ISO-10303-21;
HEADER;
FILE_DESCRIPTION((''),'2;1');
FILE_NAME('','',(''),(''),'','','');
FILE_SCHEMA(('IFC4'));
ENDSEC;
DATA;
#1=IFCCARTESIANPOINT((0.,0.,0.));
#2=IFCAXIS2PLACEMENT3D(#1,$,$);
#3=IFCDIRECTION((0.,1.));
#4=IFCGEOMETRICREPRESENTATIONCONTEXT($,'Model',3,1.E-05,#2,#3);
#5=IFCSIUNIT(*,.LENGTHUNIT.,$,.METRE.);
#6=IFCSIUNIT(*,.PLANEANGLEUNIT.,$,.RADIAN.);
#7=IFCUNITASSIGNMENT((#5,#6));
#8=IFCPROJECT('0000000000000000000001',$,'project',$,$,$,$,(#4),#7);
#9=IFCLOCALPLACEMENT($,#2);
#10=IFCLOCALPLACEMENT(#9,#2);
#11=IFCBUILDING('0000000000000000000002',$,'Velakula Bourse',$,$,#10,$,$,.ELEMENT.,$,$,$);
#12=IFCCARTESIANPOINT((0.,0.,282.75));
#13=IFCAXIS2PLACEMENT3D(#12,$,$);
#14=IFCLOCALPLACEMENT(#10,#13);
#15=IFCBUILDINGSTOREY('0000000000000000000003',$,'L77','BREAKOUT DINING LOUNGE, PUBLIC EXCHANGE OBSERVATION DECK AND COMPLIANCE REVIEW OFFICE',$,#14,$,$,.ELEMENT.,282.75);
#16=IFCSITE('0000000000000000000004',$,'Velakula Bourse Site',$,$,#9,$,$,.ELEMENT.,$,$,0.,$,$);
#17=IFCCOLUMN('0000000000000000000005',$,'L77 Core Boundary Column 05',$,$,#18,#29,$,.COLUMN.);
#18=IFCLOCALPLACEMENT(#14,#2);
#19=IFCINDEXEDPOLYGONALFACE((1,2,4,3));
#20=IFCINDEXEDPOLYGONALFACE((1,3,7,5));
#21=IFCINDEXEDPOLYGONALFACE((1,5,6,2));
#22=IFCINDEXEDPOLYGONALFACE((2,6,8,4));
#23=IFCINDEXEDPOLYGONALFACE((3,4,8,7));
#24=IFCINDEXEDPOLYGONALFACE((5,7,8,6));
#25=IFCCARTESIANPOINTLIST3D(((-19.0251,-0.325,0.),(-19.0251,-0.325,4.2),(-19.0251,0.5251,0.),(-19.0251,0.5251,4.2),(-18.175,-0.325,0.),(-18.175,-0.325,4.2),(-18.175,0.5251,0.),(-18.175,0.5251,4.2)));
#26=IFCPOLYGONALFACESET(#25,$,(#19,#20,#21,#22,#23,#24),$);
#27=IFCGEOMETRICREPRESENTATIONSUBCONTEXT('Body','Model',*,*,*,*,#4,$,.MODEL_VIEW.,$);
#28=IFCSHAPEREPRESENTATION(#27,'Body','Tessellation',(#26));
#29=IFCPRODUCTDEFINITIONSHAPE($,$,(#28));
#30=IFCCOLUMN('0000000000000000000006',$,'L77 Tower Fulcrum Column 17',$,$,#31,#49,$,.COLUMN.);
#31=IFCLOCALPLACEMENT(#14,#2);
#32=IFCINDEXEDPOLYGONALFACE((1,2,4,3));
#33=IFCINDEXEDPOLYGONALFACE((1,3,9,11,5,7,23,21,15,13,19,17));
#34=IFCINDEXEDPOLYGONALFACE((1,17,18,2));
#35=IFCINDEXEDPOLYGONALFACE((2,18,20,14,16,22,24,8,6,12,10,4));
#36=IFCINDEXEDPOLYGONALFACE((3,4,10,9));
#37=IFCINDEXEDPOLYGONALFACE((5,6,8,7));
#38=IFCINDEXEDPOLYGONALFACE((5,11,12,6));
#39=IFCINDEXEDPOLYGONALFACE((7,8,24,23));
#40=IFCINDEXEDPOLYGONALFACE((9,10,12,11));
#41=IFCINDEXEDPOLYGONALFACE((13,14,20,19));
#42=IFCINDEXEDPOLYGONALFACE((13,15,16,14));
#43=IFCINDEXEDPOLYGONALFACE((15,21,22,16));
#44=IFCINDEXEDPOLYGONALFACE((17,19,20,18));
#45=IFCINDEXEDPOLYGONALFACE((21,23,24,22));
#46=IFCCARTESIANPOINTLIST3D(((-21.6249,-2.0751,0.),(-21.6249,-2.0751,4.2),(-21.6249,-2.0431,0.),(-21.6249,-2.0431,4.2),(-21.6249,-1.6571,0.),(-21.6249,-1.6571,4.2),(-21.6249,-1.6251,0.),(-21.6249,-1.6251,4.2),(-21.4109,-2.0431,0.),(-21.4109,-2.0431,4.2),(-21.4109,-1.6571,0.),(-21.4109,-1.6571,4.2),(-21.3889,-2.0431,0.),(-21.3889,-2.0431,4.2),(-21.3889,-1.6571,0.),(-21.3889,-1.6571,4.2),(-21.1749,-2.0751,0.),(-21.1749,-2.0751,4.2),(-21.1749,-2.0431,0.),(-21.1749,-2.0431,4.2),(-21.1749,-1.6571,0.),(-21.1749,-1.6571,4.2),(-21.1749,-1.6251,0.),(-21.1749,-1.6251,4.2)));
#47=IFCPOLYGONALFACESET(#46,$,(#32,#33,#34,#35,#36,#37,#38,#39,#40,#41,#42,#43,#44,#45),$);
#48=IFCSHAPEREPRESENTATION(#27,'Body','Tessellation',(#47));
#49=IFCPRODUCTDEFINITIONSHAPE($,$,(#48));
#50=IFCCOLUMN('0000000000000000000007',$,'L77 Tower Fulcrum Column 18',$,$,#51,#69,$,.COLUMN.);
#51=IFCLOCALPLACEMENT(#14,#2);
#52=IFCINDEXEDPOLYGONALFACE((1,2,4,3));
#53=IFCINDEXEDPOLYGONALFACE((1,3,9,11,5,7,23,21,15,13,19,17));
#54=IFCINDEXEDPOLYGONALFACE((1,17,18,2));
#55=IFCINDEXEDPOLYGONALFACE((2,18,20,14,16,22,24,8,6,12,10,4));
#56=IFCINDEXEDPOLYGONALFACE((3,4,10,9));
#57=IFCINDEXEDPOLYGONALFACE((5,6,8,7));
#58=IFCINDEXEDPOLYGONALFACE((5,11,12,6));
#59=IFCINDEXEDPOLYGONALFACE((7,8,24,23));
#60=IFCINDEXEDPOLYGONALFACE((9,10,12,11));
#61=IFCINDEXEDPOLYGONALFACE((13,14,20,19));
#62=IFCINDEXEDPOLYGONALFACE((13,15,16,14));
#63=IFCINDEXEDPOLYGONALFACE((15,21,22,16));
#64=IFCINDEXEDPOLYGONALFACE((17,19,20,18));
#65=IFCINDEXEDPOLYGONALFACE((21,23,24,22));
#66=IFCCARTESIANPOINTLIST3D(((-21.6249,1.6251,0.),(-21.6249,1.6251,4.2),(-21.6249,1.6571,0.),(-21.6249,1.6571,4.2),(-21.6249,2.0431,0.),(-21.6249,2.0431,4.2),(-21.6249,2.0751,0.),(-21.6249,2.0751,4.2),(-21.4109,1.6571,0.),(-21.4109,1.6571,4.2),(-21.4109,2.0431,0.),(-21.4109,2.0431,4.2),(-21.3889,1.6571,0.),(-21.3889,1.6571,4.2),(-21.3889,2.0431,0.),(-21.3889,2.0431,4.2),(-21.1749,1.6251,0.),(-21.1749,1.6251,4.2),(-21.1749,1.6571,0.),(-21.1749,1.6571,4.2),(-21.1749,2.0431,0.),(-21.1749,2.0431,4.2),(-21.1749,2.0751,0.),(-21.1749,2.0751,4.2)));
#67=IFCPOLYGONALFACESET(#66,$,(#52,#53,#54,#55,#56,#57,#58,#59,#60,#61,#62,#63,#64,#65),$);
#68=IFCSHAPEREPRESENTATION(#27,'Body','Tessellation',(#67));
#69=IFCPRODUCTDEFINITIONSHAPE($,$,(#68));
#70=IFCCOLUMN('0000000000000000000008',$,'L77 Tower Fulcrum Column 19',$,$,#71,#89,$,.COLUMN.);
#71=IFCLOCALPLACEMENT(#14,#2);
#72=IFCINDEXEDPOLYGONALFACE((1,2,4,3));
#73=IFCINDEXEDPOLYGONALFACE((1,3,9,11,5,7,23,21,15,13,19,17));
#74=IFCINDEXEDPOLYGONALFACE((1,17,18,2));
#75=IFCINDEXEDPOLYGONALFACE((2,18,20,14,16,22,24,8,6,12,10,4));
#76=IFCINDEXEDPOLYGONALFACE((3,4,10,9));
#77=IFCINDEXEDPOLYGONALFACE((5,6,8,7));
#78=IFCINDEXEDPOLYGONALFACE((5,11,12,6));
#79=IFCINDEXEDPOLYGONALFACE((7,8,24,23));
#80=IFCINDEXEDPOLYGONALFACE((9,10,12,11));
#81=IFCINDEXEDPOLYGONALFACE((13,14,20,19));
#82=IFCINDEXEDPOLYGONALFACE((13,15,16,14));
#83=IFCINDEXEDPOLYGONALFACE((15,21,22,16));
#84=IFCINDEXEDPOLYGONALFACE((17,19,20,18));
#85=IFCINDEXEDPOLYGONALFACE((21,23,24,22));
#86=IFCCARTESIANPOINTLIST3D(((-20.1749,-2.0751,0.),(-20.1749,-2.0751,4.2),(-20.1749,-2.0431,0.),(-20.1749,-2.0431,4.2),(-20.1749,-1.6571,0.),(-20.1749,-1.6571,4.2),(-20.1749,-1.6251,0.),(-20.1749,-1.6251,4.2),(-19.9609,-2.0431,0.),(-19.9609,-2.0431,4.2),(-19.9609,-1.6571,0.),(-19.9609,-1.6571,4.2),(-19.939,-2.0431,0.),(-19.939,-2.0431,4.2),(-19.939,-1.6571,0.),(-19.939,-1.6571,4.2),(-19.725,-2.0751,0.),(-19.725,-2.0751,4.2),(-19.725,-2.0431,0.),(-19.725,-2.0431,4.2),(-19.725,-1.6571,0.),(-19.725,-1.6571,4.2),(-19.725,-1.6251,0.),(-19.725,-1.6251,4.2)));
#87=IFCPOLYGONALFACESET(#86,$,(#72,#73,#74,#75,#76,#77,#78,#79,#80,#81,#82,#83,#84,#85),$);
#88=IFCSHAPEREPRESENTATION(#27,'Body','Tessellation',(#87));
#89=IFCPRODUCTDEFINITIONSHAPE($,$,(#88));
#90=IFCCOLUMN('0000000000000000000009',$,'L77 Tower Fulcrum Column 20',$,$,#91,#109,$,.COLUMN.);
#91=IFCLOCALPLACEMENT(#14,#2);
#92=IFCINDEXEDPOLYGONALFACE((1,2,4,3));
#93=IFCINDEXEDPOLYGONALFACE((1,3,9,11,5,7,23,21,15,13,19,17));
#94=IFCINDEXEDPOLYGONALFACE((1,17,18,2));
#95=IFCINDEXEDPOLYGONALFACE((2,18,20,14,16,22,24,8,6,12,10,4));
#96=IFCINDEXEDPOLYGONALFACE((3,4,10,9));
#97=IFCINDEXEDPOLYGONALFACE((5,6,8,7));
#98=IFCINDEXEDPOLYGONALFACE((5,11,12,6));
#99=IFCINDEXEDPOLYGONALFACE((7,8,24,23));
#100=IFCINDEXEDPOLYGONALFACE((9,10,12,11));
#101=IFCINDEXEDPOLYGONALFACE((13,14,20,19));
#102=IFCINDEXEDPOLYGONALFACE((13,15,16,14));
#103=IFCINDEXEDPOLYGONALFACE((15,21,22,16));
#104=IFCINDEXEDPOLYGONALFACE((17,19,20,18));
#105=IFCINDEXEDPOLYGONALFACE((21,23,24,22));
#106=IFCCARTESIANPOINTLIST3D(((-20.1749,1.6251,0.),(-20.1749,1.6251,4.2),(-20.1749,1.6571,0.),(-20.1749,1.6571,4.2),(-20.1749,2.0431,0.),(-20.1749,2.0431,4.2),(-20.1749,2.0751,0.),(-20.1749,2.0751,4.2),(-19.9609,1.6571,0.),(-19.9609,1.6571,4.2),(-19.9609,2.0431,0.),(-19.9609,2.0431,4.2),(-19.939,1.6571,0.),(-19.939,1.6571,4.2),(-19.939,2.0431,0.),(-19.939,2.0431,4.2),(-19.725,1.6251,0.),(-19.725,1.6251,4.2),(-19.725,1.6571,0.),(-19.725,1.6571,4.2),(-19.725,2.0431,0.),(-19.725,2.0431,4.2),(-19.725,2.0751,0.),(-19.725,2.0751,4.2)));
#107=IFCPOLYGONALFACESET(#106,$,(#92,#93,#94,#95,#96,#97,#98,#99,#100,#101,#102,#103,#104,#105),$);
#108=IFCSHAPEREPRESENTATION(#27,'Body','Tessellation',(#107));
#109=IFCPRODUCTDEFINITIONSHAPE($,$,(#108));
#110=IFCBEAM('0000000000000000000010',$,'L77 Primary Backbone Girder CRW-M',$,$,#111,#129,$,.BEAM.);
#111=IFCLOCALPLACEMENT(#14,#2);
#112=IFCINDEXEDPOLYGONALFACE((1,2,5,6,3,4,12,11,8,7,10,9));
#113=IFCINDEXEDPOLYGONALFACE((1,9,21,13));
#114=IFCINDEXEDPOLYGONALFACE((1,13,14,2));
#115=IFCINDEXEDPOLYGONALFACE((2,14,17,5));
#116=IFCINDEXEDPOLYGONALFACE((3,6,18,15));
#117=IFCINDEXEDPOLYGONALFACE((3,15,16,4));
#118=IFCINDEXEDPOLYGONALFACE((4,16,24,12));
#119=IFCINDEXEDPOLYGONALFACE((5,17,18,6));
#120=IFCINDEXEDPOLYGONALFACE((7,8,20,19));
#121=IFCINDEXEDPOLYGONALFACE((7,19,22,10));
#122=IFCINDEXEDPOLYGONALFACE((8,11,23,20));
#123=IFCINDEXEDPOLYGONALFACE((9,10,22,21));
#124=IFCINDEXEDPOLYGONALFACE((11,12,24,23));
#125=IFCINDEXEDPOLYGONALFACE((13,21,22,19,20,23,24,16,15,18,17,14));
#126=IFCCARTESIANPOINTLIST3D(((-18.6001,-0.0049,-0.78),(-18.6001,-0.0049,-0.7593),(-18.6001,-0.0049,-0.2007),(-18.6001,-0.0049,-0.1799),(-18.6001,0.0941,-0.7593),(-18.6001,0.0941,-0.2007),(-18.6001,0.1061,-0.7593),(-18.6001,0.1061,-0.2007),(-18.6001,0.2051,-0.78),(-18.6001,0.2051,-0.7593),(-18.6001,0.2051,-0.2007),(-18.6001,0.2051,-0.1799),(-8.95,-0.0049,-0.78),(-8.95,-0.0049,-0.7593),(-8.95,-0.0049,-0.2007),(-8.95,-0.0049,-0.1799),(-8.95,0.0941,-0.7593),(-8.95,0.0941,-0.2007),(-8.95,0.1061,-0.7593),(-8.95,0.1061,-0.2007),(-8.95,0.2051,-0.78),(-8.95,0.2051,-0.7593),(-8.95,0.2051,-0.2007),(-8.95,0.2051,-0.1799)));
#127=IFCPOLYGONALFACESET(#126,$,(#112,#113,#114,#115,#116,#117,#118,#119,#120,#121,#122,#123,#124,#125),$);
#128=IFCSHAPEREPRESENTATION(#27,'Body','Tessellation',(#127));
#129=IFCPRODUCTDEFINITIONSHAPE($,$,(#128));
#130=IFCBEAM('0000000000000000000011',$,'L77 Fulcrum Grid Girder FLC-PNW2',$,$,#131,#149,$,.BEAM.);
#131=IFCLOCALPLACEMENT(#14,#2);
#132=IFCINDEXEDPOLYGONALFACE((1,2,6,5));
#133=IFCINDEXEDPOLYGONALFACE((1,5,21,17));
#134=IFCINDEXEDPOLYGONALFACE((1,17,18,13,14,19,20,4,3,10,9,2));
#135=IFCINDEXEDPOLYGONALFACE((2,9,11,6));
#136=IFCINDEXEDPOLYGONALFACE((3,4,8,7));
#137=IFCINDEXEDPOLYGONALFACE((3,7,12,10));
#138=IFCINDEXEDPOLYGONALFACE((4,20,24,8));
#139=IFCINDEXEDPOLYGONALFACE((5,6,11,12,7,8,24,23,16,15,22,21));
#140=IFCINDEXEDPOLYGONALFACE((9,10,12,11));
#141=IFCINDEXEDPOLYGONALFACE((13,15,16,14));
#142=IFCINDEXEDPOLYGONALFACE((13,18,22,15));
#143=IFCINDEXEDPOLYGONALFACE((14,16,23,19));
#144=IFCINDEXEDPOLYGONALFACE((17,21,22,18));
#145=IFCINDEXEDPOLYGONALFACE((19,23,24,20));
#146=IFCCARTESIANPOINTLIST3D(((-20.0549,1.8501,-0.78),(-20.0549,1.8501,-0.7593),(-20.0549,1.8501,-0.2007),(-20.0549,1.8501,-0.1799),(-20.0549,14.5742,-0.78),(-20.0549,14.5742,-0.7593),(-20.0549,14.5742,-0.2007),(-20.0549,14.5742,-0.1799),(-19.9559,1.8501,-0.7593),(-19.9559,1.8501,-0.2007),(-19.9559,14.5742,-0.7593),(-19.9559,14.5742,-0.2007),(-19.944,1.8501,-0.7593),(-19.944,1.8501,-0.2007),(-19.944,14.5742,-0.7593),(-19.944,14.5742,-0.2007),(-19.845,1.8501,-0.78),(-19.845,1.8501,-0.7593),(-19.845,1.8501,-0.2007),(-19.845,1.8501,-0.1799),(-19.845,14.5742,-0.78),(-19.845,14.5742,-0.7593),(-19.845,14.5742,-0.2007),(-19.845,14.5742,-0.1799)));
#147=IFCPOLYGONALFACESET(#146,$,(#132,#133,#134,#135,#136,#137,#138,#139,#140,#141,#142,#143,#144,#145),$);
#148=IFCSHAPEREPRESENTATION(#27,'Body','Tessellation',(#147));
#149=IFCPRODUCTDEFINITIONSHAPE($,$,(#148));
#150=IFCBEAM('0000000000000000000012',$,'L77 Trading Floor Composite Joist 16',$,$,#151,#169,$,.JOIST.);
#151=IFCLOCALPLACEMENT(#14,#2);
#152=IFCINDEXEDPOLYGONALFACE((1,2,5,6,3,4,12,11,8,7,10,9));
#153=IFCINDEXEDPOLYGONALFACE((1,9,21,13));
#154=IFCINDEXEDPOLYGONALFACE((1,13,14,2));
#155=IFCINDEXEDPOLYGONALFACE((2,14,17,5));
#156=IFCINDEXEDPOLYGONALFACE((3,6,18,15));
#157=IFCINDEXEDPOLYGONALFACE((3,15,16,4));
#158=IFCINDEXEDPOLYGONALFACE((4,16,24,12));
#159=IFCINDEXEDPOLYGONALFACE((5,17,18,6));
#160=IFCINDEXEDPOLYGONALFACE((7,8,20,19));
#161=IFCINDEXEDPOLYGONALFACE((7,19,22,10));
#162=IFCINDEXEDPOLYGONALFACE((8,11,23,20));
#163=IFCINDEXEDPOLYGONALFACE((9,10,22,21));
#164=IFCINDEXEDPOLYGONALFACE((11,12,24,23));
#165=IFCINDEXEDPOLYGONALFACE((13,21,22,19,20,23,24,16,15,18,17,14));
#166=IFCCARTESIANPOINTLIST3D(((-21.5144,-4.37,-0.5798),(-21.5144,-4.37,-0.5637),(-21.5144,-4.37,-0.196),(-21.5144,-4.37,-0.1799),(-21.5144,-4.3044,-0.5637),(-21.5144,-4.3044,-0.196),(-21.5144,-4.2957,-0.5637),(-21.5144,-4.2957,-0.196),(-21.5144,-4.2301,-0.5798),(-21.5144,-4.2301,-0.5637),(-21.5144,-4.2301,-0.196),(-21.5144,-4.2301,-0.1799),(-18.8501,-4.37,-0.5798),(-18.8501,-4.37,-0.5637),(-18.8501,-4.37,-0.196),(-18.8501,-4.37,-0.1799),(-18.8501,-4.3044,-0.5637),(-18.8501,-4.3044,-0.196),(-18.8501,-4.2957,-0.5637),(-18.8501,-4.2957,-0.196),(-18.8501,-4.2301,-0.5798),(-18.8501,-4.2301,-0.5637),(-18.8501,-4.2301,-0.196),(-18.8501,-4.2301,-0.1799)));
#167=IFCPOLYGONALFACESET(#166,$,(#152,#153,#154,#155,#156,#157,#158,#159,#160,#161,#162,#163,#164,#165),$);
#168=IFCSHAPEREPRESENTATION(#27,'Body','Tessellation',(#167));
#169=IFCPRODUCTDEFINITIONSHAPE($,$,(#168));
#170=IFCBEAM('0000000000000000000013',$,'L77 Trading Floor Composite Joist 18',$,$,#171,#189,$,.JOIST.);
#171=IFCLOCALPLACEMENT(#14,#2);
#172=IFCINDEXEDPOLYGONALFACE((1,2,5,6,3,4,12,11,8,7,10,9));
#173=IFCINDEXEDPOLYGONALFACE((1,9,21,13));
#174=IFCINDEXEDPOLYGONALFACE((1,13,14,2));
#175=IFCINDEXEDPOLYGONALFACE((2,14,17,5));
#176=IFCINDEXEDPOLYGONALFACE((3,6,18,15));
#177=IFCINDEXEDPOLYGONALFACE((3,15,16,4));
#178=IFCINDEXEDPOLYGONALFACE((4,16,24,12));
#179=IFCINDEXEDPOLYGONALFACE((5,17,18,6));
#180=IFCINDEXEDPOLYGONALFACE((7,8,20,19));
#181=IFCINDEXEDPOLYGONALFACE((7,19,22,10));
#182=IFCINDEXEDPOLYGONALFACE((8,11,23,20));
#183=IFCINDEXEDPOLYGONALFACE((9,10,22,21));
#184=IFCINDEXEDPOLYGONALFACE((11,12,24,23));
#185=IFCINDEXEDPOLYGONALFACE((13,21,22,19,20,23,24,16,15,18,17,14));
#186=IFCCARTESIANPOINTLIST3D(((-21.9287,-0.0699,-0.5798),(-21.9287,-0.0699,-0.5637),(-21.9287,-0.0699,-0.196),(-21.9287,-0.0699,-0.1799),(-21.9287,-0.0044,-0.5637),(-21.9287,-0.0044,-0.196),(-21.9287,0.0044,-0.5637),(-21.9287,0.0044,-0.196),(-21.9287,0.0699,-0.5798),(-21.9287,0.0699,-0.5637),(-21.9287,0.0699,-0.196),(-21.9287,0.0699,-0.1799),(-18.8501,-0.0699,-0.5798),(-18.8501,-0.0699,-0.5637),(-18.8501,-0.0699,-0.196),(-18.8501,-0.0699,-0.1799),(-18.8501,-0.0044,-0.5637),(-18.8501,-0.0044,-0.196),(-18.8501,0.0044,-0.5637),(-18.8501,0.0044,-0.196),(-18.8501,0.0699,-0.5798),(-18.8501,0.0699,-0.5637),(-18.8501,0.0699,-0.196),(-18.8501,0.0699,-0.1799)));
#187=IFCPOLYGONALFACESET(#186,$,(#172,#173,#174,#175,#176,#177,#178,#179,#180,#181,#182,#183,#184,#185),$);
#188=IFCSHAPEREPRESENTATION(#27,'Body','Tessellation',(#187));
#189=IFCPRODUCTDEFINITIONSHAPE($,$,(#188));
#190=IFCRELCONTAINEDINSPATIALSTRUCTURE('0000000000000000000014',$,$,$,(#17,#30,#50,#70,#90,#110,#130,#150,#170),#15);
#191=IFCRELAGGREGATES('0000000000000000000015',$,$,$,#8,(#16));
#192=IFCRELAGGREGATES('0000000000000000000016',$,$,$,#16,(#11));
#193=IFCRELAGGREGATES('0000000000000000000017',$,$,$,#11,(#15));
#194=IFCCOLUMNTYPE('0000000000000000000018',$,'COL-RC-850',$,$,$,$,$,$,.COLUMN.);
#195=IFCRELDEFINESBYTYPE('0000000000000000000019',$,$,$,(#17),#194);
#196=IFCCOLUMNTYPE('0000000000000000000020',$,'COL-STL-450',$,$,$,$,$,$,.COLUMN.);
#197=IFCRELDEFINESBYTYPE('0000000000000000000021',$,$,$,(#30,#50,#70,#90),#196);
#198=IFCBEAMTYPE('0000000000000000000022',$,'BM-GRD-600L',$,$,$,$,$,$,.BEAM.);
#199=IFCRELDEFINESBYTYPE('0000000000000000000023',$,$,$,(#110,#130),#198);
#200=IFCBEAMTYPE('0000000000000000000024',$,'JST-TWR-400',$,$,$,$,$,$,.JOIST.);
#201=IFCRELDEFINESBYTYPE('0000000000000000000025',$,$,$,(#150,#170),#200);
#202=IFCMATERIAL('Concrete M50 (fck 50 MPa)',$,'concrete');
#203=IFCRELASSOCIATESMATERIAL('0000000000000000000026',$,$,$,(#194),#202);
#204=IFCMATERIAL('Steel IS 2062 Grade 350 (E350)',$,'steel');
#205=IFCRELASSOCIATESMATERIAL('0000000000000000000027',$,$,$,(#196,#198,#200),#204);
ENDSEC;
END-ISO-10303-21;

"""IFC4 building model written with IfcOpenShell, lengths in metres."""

from ifc_helpers import new_model, si_unit, direction, frame, origin, origin_2d, place, context, subcontext, project, spatial, rectangle, i_section, extrude, material, material_profile, profile_set, type_object, element, save


model = new_model("IFC4")

# Units and contexts
model_context = context("Model", 3, precision=1e-05, world=origin(), true_north=direction((0.0, 1.0)))
body_context = subcontext(model_context, "Body", "Model", "MODEL_VIEW")
ifc_project = project(units=[si_unit("LENGTHUNIT", "METRE"), si_unit("PLANEANGLEUNIT", "RADIAN")], contexts=[model_context])

# Site, building, storey
site_placement = place(None, origin())
site = spatial("IfcSite", under=ifc_project, at=site_placement, Name="Velakula Bourse Site", CompositionType="ELEMENT", RefElevation=0.0)
building_placement = place(site_placement, origin())
building = spatial("IfcBuilding", under=site, at=building_placement, Name="Velakula Bourse", CompositionType="ELEMENT")
storey_placement = place(building_placement, frame((0.0, 0.0, 282.75)))
storey = spatial("IfcBuildingStorey", under=building, at=storey_placement, Name="L77", Description="BREAKOUT DINING LOUNGE, PUBLIC EXCHANGE OBSERVATION DECK AND COMPLIANCE REVIEW OFFICE", CompositionType="ELEMENT", Elevation=282.75)

# Columns
ifc_material_1 = material(Name="Concrete M50 (fck 50 MPa)", Category="concrete")
ifc_material_profile_1 = material_profile(ifc_material_1, rectangle(XDim=0.8501, YDim=0.8501, at=origin_2d()), Name="Concrete M50 (fck 50 MPa)")
ifc_profile_set_1 = profile_set([ifc_material_profile_1], Name="Concrete M50 (fck 50 MPa)")
column_type_1 = type_object("IfcColumnType", Name="COL-RC-850", PredefinedType="COLUMN", material=ifc_profile_set_1)
column_placement = place(storey_placement, frame((-18.6001, 0.1001, 0.0), z_axis=(0.0, 0.0, 1.0), x_axis=(1.0, 0.0, 0.0)))
element("IfcColumn", 1, at=column_placement, inside=storey, type_object=column_type_1, Name="L77 Core Boundary Column 05", PredefinedType="COLUMN", context=body_context, shape_type="SweptSolid", body=[
    extrude(rectangle(XDim=0.8501, YDim=0.8501, at=origin_2d()), origin(), (0.0, 0.0, 1.0), 4.2),
])
ifc_material_2 = material(Name="Steel IS 2062 Grade 350 (E350)", Category="steel")
ifc_material_profile_2 = material_profile(ifc_material_2, i_section(OverallWidth=0.45, OverallDepth=0.45, WebThickness=0.022, FlangeThickness=0.032, at=origin_2d()), Name="Steel IS 2062 Grade 350 (E350)")
ifc_profile_set_2 = profile_set([ifc_material_profile_2], Name="Steel IS 2062 Grade 350 (E350)")
column_type_2 = type_object("IfcColumnType", Name="COL-STL-450", PredefinedType="COLUMN", material=ifc_profile_set_2)
for number, where, z_axis, x_axis, name in (
    (2, (-21.3999, -1.8501, 0.0), (0.0, 0.0, 1.0), (1.0, 0.0, 0.0), "L77 Tower Fulcrum Column 17"),
    (3, (-21.3999, 1.8501, 0.0), (0.0, 0.0, 1.0), (1.0, 0.0, 0.0), "L77 Tower Fulcrum Column 18"),
    (4, (-19.95, -1.8501, 0.0), (0.0, 0.0, 1.0), (1.0, 0.0, 0.0), "L77 Tower Fulcrum Column 19"),
    (5, (-19.95, 1.8501, 0.0), (0.0, 0.0, 1.0), (1.0, 0.0, 0.0), "L77 Tower Fulcrum Column 20"),
):
    element("IfcColumn", number, at=place(storey_placement, frame(where, z_axis=z_axis, x_axis=x_axis)), inside=storey, type_object=column_type_2, Name=name, PredefinedType="COLUMN", context=body_context, shape_type="SweptSolid", body=[
        extrude(i_section(OverallWidth=0.45, OverallDepth=0.45, WebThickness=0.022, FlangeThickness=0.032, at=origin_2d()), origin(), (0.0, 0.0, 1.0), 4.2),
    ])

# Beams
ifc_material_profile_3 = material_profile(ifc_material_2, i_section(OverallWidth=0.21, OverallDepth=0.6001, WebThickness=0.012, FlangeThickness=0.0208, at=origin_2d()), Name="Steel IS 2062 Grade 350 (E350)")
ifc_profile_set_3 = profile_set([ifc_material_profile_3], Name="Steel IS 2062 Grade 350 (E350)")
beam_type_1 = type_object("IfcBeamType", Name="BM-GRD-600L", PredefinedType="BEAM", material=ifc_profile_set_3)
beam_1_placement = place(storey_placement, frame((-18.6001, 0.1001, -0.48), z_axis=(1.0, 0.0, 0.0), x_axis=(0.0, 1.0, 0.0)))
element("IfcBeam", 6, at=beam_1_placement, inside=storey, type_object=beam_type_1, Name="L77 Primary Backbone Girder CRW-M", PredefinedType="BEAM", context=body_context, shape_type="SweptSolid", body=[
    extrude(i_section(OverallWidth=0.21, OverallDepth=0.6001, WebThickness=0.012, FlangeThickness=0.0208, at=origin_2d()), origin(), (0.0, 0.0, 1.0), 9.6501),
])
beam_2_placement = place(storey_placement, frame((-19.95, 1.8501, -0.48), z_axis=(0.0, 1.0, 0.0), x_axis=(-1.0, 0.0, 0.0)))
element("IfcBeam", 7, at=beam_2_placement, inside=storey, type_object=beam_type_1, Name="L77 Fulcrum Grid Girder FLC-PNW2", PredefinedType="BEAM", context=body_context, shape_type="SweptSolid", body=[
    extrude(i_section(OverallWidth=0.21, OverallDepth=0.6001, WebThickness=0.012, FlangeThickness=0.0208, at=origin_2d()), origin(), (0.0, 0.0, 1.0), 12.7241),
])
ifc_material_profile_4 = material_profile(ifc_material_2, i_section(OverallWidth=0.1399, OverallDepth=0.3999, WebThickness=0.0088, FlangeThickness=0.0161, at=origin_2d()), Name="Steel IS 2062 Grade 350 (E350)")
ifc_profile_set_4 = profile_set([ifc_material_profile_4], Name="Steel IS 2062 Grade 350 (E350)")
beam_type_2 = type_object("IfcBeamType", Name="JST-TWR-400", PredefinedType="JOIST", material=ifc_profile_set_4)
beam_3_placement = place(storey_placement, frame((-21.5144, -4.3, -0.3799), z_axis=(1.0, 0.0, 0.0), x_axis=(0.0, 1.0, 0.0)))
element("IfcBeam", 8, at=beam_3_placement, inside=storey, type_object=beam_type_2, Name="L77 Trading Floor Composite Joist 16", PredefinedType="JOIST", context=body_context, shape_type="SweptSolid", body=[
    extrude(i_section(OverallWidth=0.1399, OverallDepth=0.3999, WebThickness=0.0088, FlangeThickness=0.0161, at=origin_2d()), origin(), (0.0, 0.0, 1.0), 2.6643),
])
beam_4_placement = place(storey_placement, frame((-21.9287, 0.0, -0.3799), z_axis=(1.0, 0.0, 0.0), x_axis=(0.0, 1.0, 0.0)))
element("IfcBeam", 9, at=beam_4_placement, inside=storey, type_object=beam_type_2, Name="L77 Trading Floor Composite Joist 18", PredefinedType="JOIST", context=body_context, shape_type="SweptSolid", body=[
    extrude(i_section(OverallWidth=0.1399, OverallDepth=0.3999, WebThickness=0.0088, FlangeThickness=0.0161, at=origin_2d()), origin(), (0.0, 0.0, 1.0), 3.0786),
])

save(model, "model.ifc")
